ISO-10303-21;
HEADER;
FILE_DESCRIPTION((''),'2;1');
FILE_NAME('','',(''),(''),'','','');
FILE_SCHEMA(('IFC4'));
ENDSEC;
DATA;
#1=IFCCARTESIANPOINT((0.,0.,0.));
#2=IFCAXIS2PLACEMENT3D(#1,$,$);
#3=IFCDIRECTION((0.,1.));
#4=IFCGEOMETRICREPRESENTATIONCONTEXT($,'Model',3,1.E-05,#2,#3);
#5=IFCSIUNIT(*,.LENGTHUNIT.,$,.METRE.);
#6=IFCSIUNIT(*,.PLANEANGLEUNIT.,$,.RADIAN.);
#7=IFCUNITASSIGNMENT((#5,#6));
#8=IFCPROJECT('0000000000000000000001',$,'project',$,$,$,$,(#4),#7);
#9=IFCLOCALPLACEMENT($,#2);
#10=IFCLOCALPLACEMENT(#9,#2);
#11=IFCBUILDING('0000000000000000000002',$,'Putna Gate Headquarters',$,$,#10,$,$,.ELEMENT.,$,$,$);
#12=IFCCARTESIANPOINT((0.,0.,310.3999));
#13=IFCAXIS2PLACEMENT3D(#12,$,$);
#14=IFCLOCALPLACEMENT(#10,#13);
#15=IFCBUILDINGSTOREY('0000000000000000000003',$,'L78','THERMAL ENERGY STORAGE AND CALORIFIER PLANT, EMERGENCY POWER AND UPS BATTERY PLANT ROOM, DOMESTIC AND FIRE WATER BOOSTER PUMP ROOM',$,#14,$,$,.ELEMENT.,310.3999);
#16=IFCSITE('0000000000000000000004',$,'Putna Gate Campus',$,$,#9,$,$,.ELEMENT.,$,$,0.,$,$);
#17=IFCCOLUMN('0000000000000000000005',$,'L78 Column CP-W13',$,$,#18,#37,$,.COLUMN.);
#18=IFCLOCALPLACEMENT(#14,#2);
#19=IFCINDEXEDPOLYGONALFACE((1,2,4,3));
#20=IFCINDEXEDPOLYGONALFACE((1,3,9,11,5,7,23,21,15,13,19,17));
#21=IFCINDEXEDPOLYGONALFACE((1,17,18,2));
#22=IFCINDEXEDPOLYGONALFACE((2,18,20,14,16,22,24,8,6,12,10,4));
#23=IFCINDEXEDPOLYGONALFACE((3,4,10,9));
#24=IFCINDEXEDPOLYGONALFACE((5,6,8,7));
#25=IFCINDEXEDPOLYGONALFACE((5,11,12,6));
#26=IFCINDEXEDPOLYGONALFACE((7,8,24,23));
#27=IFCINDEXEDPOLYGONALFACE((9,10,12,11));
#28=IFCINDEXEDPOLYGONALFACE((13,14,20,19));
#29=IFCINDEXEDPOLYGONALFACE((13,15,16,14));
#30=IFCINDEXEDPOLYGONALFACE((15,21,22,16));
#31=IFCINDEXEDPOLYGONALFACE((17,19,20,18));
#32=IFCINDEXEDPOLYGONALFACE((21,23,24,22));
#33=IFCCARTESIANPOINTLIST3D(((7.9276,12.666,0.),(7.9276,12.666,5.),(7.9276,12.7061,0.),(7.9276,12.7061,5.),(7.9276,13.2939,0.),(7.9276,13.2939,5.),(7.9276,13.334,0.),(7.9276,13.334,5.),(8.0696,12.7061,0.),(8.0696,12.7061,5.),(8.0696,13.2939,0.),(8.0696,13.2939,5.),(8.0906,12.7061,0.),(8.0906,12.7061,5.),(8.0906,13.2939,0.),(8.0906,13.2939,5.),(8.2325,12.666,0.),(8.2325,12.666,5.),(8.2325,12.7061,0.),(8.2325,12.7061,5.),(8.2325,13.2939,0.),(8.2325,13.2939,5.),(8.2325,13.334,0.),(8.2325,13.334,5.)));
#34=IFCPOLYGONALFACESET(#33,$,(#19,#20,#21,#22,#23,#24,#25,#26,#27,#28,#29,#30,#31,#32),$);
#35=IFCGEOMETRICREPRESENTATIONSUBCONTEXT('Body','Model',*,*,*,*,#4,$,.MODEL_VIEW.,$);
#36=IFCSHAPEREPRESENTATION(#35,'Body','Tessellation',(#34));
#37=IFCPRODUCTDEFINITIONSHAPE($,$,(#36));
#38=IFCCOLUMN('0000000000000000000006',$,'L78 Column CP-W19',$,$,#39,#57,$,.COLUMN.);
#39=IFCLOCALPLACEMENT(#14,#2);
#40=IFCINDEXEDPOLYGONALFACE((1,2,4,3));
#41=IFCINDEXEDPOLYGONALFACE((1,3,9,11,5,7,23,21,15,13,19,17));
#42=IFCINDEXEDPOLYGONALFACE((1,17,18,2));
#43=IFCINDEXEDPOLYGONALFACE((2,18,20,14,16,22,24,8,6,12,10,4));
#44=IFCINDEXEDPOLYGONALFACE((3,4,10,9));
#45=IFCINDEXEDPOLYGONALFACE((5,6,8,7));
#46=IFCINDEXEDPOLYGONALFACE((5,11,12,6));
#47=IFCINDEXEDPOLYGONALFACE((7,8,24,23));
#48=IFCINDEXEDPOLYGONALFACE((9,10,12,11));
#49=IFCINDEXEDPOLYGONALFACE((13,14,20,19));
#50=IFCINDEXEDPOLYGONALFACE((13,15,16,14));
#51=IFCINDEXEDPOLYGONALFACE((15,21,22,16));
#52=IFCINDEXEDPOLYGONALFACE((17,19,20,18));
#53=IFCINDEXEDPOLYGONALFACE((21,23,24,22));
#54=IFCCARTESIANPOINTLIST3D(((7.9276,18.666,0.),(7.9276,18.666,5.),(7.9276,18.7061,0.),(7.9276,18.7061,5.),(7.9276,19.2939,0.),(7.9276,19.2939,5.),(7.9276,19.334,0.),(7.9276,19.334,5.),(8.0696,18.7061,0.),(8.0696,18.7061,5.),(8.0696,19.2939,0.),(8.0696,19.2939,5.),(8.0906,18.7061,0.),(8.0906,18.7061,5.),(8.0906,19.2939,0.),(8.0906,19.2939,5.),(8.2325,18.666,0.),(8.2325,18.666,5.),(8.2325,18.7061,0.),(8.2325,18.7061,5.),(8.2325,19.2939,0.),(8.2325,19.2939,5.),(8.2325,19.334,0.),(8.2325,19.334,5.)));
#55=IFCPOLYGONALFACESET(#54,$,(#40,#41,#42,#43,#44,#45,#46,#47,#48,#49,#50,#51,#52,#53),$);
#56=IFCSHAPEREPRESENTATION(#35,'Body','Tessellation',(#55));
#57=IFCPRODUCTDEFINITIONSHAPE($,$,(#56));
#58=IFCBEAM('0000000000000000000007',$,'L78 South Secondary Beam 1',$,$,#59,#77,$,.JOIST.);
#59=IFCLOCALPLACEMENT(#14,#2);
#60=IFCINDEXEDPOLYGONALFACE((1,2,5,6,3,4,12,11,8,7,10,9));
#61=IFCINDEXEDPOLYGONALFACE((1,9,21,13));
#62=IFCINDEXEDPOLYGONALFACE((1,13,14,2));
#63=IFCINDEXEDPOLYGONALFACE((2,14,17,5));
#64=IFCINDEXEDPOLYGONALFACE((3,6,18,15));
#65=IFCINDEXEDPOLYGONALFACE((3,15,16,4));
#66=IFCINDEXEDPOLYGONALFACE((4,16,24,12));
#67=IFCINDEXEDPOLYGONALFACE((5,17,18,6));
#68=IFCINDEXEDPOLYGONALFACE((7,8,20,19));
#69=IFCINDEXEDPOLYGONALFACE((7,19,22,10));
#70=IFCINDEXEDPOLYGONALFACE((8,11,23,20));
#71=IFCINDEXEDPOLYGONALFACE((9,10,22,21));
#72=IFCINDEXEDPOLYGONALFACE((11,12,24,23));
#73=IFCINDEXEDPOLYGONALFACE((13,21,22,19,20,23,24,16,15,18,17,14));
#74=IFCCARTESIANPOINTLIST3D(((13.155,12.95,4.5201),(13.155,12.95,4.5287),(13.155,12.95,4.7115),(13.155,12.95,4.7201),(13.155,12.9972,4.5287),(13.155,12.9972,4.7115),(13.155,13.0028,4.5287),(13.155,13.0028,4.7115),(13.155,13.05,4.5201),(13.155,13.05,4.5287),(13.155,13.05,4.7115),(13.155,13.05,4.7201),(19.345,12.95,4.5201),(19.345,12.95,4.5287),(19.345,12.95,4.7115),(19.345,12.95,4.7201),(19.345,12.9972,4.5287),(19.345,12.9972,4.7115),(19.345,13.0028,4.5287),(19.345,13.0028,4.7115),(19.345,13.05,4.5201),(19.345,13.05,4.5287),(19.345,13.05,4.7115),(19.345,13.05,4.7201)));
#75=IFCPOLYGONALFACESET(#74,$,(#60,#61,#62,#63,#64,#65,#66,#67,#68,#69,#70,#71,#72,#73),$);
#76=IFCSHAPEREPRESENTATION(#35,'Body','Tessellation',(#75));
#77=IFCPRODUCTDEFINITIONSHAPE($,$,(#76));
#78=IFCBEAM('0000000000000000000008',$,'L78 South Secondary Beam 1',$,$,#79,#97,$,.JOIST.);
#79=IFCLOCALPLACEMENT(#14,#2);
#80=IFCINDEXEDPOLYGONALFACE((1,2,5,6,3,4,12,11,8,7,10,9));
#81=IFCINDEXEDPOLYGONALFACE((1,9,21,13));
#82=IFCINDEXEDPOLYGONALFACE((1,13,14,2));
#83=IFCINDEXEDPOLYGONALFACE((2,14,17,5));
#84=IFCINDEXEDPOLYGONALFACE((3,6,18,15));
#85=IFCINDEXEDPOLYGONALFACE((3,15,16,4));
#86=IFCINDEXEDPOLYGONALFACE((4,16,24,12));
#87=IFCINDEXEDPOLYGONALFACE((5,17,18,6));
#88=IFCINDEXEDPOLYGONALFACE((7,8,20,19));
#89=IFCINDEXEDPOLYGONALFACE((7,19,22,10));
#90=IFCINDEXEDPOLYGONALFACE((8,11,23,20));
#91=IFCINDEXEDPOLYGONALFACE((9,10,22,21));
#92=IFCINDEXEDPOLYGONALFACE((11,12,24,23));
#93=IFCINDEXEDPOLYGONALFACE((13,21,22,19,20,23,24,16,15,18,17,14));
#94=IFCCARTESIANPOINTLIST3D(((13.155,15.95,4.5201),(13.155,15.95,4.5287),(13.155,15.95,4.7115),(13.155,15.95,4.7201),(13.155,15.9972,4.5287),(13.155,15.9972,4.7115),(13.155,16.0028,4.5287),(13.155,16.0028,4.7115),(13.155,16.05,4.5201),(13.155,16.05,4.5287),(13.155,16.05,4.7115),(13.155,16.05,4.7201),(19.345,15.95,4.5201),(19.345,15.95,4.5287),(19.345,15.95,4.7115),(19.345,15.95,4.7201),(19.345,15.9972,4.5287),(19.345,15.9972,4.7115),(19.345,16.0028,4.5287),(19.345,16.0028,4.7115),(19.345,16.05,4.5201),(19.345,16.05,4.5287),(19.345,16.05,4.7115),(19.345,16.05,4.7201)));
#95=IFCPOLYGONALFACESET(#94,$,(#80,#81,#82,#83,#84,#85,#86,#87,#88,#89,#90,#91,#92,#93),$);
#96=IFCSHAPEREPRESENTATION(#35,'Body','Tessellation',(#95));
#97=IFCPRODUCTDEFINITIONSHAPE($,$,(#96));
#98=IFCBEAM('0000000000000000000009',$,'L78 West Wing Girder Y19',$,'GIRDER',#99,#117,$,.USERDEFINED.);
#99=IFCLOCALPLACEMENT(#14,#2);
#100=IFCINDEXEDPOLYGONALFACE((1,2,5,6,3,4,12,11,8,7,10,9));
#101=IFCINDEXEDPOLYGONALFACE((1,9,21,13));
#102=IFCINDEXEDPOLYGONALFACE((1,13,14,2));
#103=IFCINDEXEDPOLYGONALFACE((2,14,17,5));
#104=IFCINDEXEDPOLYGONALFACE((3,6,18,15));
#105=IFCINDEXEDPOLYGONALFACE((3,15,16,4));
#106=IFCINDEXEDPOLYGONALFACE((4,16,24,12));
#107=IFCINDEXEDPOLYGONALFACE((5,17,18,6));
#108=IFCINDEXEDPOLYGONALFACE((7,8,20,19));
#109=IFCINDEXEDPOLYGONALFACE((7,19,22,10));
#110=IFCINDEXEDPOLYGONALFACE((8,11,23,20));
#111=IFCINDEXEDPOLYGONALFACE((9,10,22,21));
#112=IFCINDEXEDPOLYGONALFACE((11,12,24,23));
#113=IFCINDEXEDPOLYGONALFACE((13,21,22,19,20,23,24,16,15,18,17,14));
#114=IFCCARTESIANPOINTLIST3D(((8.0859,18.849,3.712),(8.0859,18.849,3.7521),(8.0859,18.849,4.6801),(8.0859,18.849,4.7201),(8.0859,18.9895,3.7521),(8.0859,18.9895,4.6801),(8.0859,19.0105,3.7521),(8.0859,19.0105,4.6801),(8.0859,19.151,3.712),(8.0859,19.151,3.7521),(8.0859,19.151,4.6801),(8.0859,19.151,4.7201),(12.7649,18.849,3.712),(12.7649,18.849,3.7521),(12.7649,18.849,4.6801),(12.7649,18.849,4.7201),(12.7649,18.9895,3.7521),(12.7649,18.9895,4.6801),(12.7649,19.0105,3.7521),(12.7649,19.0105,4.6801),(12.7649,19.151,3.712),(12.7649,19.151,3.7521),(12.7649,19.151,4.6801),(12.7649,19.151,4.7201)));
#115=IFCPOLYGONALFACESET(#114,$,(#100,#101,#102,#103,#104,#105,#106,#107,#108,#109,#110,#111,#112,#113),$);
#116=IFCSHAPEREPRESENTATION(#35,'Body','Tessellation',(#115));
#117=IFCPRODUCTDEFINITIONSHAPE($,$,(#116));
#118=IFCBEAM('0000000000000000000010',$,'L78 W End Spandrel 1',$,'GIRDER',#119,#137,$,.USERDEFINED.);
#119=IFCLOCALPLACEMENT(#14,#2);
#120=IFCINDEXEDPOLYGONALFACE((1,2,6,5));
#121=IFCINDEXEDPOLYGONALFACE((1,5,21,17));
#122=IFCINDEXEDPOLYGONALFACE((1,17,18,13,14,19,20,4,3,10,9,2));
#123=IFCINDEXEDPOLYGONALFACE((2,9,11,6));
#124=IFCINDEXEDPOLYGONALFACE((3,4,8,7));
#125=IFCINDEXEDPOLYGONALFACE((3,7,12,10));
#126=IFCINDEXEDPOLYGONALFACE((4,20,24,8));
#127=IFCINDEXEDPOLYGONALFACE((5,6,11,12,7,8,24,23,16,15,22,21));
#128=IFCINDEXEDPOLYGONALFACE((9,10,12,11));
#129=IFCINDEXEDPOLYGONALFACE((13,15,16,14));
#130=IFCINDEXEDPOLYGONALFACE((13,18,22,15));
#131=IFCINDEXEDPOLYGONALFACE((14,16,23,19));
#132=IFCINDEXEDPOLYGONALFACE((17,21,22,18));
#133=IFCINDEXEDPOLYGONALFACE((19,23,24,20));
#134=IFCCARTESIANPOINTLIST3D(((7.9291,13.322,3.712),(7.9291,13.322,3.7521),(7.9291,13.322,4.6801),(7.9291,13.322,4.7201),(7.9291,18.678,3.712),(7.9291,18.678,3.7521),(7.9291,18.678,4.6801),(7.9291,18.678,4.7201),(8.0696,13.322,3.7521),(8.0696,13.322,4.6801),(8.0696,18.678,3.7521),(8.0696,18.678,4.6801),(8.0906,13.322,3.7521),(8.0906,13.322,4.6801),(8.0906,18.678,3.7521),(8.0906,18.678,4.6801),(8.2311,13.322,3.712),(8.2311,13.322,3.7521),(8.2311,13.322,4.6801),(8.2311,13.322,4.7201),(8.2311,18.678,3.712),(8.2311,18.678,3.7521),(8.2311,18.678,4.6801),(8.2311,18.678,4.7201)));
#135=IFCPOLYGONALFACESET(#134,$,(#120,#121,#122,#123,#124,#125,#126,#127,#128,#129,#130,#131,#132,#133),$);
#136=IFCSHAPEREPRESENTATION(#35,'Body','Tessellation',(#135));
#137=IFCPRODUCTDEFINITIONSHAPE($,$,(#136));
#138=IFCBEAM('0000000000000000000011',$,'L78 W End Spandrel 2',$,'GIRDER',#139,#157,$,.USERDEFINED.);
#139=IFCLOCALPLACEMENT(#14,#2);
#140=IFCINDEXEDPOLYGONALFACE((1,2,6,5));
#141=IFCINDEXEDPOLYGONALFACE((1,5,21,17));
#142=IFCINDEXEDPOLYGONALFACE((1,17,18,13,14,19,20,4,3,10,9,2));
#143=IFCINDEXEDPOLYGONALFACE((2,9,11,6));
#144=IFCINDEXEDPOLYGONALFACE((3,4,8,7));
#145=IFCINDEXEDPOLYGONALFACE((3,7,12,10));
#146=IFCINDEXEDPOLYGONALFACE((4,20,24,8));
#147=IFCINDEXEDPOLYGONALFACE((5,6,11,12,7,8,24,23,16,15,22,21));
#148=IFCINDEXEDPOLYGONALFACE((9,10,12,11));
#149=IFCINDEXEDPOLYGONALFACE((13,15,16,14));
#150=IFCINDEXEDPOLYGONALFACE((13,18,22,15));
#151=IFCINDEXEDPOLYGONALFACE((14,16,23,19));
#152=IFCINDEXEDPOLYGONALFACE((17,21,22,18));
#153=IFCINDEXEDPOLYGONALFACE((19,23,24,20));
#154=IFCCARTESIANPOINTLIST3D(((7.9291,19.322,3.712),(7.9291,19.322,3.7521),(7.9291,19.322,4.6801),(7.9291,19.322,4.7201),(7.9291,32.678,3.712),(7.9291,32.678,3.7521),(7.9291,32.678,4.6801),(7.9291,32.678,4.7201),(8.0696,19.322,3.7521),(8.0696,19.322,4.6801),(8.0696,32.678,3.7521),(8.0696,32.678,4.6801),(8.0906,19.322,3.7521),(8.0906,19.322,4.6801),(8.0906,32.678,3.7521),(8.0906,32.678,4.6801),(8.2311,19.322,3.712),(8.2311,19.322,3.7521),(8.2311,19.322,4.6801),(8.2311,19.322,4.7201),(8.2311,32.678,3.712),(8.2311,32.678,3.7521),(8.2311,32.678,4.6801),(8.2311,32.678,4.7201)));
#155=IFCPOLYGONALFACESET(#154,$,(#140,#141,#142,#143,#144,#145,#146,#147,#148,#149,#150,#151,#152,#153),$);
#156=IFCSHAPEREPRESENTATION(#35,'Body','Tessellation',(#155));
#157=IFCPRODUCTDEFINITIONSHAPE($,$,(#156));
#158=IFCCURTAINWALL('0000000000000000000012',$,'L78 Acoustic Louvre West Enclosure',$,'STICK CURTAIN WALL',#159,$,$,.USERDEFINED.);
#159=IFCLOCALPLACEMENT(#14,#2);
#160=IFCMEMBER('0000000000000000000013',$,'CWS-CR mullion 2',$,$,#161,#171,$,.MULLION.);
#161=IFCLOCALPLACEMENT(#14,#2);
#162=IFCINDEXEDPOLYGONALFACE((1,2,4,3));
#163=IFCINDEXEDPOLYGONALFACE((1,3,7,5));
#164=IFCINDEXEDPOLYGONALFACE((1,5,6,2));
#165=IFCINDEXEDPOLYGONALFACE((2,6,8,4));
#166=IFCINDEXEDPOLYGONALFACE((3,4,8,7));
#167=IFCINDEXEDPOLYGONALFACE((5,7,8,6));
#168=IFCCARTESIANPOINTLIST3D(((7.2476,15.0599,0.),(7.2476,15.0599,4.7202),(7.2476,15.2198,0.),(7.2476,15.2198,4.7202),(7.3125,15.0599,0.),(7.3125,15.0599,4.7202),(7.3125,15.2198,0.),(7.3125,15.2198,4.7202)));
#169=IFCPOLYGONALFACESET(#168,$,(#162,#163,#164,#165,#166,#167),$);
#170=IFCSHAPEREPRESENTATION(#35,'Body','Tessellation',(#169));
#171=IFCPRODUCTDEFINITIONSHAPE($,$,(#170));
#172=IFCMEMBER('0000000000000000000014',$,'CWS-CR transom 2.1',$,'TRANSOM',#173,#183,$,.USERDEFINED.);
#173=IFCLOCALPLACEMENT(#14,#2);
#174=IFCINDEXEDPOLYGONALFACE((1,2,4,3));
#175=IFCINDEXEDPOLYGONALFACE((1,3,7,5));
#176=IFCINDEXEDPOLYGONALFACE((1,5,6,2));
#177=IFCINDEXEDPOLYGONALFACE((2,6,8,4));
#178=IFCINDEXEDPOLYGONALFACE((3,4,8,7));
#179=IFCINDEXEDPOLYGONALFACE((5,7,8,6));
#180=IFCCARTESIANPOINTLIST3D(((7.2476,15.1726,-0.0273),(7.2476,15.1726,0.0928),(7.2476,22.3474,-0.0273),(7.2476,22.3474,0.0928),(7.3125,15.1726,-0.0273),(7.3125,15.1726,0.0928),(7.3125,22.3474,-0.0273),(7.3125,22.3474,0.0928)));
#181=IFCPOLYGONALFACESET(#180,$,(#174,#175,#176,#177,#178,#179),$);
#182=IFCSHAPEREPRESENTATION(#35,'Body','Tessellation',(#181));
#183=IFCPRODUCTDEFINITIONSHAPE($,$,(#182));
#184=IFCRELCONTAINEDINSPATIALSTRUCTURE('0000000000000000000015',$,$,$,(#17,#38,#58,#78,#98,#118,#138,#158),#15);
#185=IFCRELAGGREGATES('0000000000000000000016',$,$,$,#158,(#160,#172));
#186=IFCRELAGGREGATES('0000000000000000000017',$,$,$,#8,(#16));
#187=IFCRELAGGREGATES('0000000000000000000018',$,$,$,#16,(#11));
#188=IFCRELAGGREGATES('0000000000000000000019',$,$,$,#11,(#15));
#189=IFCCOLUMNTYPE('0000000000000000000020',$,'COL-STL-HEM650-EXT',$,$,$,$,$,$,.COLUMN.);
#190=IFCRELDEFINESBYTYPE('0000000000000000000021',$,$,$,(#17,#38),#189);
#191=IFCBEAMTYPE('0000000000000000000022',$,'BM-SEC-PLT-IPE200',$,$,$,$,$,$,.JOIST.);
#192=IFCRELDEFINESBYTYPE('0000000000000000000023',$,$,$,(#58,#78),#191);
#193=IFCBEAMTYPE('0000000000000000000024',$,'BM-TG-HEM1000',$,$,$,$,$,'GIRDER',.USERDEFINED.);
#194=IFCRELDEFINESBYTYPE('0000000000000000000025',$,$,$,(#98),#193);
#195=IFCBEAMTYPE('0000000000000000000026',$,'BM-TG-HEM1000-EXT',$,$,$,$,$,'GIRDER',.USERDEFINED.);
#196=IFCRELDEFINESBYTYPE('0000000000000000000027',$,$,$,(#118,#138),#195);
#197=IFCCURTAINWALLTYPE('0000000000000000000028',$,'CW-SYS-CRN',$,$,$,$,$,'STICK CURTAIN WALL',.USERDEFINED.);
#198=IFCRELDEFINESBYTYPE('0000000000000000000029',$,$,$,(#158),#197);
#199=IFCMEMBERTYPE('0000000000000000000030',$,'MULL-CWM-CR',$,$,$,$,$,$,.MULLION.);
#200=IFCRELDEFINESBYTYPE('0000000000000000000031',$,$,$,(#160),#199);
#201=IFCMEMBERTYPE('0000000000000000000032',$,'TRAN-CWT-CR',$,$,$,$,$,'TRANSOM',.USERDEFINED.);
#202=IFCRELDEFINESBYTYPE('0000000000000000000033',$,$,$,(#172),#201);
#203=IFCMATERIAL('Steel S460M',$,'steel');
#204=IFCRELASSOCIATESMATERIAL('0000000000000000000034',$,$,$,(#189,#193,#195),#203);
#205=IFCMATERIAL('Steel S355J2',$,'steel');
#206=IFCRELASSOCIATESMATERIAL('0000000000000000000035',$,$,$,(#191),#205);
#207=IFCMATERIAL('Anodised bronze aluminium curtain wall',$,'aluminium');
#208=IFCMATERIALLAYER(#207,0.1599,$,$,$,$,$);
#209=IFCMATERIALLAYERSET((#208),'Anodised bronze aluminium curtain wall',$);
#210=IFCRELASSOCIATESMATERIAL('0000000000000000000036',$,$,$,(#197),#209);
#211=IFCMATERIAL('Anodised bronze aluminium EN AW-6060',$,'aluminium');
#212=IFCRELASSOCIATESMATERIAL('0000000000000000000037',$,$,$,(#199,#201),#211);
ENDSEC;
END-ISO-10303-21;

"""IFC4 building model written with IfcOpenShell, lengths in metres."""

from ifc_helpers import new_model, si_unit, direction, frame, origin, origin_2d, place, context, subcontext, project, spatial, rectangle, i_section, extrude, material, layer, layer_set, material_profile, profile_set, type_object, element, aggregate, save


model = new_model("IFC4")

# Units and contexts
model_context = context("Model", 3, precision=1e-05, world=origin(), true_north=direction((0.0, 1.0)))
body_context = subcontext(model_context, "Body", "Model", "MODEL_VIEW")
ifc_project = project(units=[si_unit("LENGTHUNIT", "METRE"), si_unit("PLANEANGLEUNIT", "RADIAN")], contexts=[model_context])

# Site, building, storey
site_placement = place(None, origin())
site = spatial("IfcSite", under=ifc_project, at=site_placement, Name="Putna Gate Campus", CompositionType="ELEMENT", RefElevation=0.0)
building_placement = place(site_placement, origin())
building = spatial("IfcBuilding", under=site, at=building_placement, Name="Putna Gate Headquarters", CompositionType="ELEMENT")
storey_placement = place(building_placement, frame((0.0, 0.0, 310.3999)))
storey = spatial("IfcBuildingStorey", under=building, at=storey_placement, Name="L78", Description="THERMAL ENERGY STORAGE AND CALORIFIER PLANT, EMERGENCY POWER AND UPS BATTERY PLANT ROOM, DOMESTIC AND FIRE WATER BOOSTER PUMP ROOM", CompositionType="ELEMENT", Elevation=310.3999)

# Columns
ifc_material_1 = material(Name="Steel S460M", Category="steel")
ifc_material_profile_1 = material_profile(ifc_material_1, i_section(OverallWidth=0.3049, OverallDepth=0.668, WebThickness=0.021, FlangeThickness=0.04, at=origin_2d()), Name="Steel S460M")
ifc_profile_set_1 = profile_set([ifc_material_profile_1], Name="Steel S460M")
column_type = type_object("IfcColumnType", Name="COL-STL-HEM650-EXT", PredefinedType="COLUMN", material=ifc_profile_set_1)
for number, where, z_axis, x_axis, name in (
    (1, (8.0801, 13.0, 0.0), (0.0, 0.0, 1.0), (1.0, 0.0, 0.0), "L78 Column CP-W13"),
    (2, (8.0801, 19.0, 0.0), (0.0, 0.0, 1.0), (1.0, 0.0, 0.0), "L78 Column CP-W19"),
):
    element("IfcColumn", number, at=place(storey_placement, frame(where, z_axis=z_axis, x_axis=x_axis)), inside=storey, type_object=column_type, Name=name, PredefinedType="COLUMN", context=body_context, shape_type="SweptSolid", body=[
        extrude(i_section(OverallWidth=0.3049, OverallDepth=0.668, WebThickness=0.021, FlangeThickness=0.04, at=origin_2d()), origin(), (0.0, 0.0, 1.0), 5.0),
    ])

# Beams
ifc_material_2 = material(Name="Steel S355J2", Category="steel")
ifc_material_profile_2 = material_profile(ifc_material_2, i_section(OverallWidth=0.1001, OverallDepth=0.2, WebThickness=0.0056, FlangeThickness=0.0085, at=origin_2d()), Name="Steel S355J2")
ifc_profile_set_2 = profile_set([ifc_material_profile_2], Name="Steel S355J2")
beam_type_1 = type_object("IfcBeamType", Name="BM-SEC-PLT-IPE200", PredefinedType="JOIST", material=ifc_profile_set_2)
for number, where, z_axis, x_axis, name in (
    (3, (13.155, 13.0, 4.6201), (1.0, 0.0, 0.0), (0.0, 1.0, 0.0), "L78 South Secondary Beam 1"),
    (4, (13.155, 16.0, 4.6201), (1.0, 0.0, 0.0), (0.0, 1.0, 0.0), "L78 South Secondary Beam 1"),
):
    element("IfcBeam", number, at=place(storey_placement, frame(where, z_axis=z_axis, x_axis=x_axis)), inside=storey, type_object=beam_type_1, Name=name, PredefinedType="JOIST", context=body_context, shape_type="SweptSolid", body=[
        extrude(i_section(OverallWidth=0.1001, OverallDepth=0.2, WebThickness=0.0056, FlangeThickness=0.0085, at=origin_2d()), origin(), (0.0, 0.0, 1.0), 6.1899),
    ])
ifc_material_profile_3 = material_profile(ifc_material_1, i_section(OverallWidth=0.302, OverallDepth=1.0081, WebThickness=0.021, FlangeThickness=0.04, at=origin_2d()), Name="Steel S460M")
ifc_profile_set_3 = profile_set([ifc_material_profile_3], Name="Steel S460M")
beam_type_2 = type_object("IfcBeamType", Name="BM-TG-HEM1000", ElementType="GIRDER", PredefinedType="USERDEFINED", material=ifc_profile_set_3)
beam_1_placement = place(storey_placement, frame((8.0859, 19.0, 4.2161), z_axis=(1.0, 0.0, 0.0), x_axis=(0.0, 1.0, 0.0)))
element("IfcBeam", 5, at=beam_1_placement, inside=storey, type_object=beam_type_2, Name="L78 West Wing Girder Y19", ObjectType="GIRDER", PredefinedType="USERDEFINED", context=body_context, shape_type="SweptSolid", body=[
    extrude(i_section(OverallWidth=0.302, OverallDepth=1.0081, WebThickness=0.021, FlangeThickness=0.04, at=origin_2d()), origin(), (0.0, 0.0, 1.0), 4.679),
])
ifc_material_profile_4 = material_profile(ifc_material_1, i_section(OverallWidth=0.302, OverallDepth=1.0081, WebThickness=0.021, FlangeThickness=0.04, at=origin_2d()), Name="Steel S460M")
ifc_profile_set_4 = profile_set([ifc_material_profile_4], Name="Steel S460M")
beam_type_3 = type_object("IfcBeamType", Name="BM-TG-HEM1000-EXT", ElementType="GIRDER", PredefinedType="USERDEFINED", material=ifc_profile_set_4)
beam_2_placement = place(storey_placement, frame((8.0801, 13.322, 4.2161), z_axis=(0.0, 1.0, 0.0), x_axis=(-1.0, 0.0, 0.0)))
element("IfcBeam", 6, at=beam_2_placement, inside=storey, type_object=beam_type_3, Name="L78 W End Spandrel 1", ObjectType="GIRDER", PredefinedType="USERDEFINED", context=body_context, shape_type="SweptSolid", body=[
    extrude(i_section(OverallWidth=0.302, OverallDepth=1.0081, WebThickness=0.021, FlangeThickness=0.04, at=origin_2d()), origin(), (0.0, 0.0, 1.0), 5.356),
])
beam_3_placement = place(storey_placement, frame((8.0801, 19.322, 4.2161), z_axis=(0.0, 1.0, 0.0), x_axis=(-1.0, 0.0, 0.0)))
element("IfcBeam", 7, at=beam_3_placement, inside=storey, type_object=beam_type_3, Name="L78 W End Spandrel 2", ObjectType="GIRDER", PredefinedType="USERDEFINED", context=body_context, shape_type="SweptSolid", body=[
    extrude(i_section(OverallWidth=0.302, OverallDepth=1.0081, WebThickness=0.021, FlangeThickness=0.04, at=origin_2d()), origin(), (0.0, 0.0, 1.0), 13.356),
])

# Curtain wall, members
ifc_material_3 = material(Name="Anodised bronze aluminium curtain wall", Category="aluminium")
ifc_layer_1 = layer(ifc_material_3, 0.1599)
ifc_layer_set_1 = layer_set([ifc_layer_1], Name="Anodised bronze aluminium curtain wall")
curtain_wall_type = type_object("IfcCurtainWallType", Name="CW-SYS-CRN", ElementType="STICK CURTAIN WALL", PredefinedType="USERDEFINED", material=ifc_layer_set_1)
curtain_wall_placement = place(storey_placement, origin())
curtain_wall = element("IfcCurtainWall", 8, at=curtain_wall_placement, inside=storey, type_object=curtain_wall_type, Name="L78 Acoustic Louvre West Enclosure", ObjectType="STICK CURTAIN WALL", PredefinedType="USERDEFINED")
ifc_material_4 = material(Name="Anodised bronze aluminium EN AW-6060", Category="aluminium")
ifc_material_profile_5 = material_profile(ifc_material_4, rectangle(XDim=0.0649, YDim=0.1599, at=origin_2d()), Name="Anodised bronze aluminium EN AW-6060")
ifc_profile_set_5 = profile_set([ifc_material_profile_5], Name="Anodised bronze aluminium EN AW-6060")
member_type_1 = type_object("IfcMemberType", Name="MULL-CWM-CR", PredefinedType="MULLION", material=ifc_profile_set_5)
member_1_placement = place(storey_placement, frame((7.28, 15.1399, 0.0), z_axis=(0.0, 0.0, 1.0), x_axis=(-1.0, 0.0, 0.0)))
member_1 = element("IfcMember", 9, at=member_1_placement, type_object=member_type_1, Name="CWS-CR mullion 2", PredefinedType="MULLION", context=body_context, shape_type="SweptSolid", body=[
    extrude(rectangle(XDim=0.0649, YDim=0.1599, at=origin_2d()), origin(), (0.0, 0.0, 1.0), 4.7202),
])
ifc_material_profile_6 = material_profile(ifc_material_4, rectangle(XDim=0.0649, YDim=0.1201, at=origin_2d()), Name="Anodised bronze aluminium EN AW-6060")
ifc_profile_set_6 = profile_set([ifc_material_profile_6], Name="Anodised bronze aluminium EN AW-6060")
member_type_2 = type_object("IfcMemberType", Name="TRAN-CWT-CR", ElementType="TRANSOM", PredefinedType="USERDEFINED", material=ifc_profile_set_6)
member_2_placement = place(storey_placement, frame((7.28, 15.1726, 0.0327), z_axis=(0.0, 1.0, 0.0), x_axis=(-1.0, 0.0, 0.0)))
member_2 = element("IfcMember", 10, at=member_2_placement, type_object=member_type_2, Name="CWS-CR transom 2.1", ObjectType="TRANSOM", PredefinedType="USERDEFINED", context=body_context, shape_type="SweptSolid", body=[
    extrude(rectangle(XDim=0.0649, YDim=0.1201, at=origin_2d()), origin(), (0.0, 0.0, 1.0), 7.1748),
])
aggregate(curtain_wall, [member_1, member_2])

save(model, "model.ifc")
